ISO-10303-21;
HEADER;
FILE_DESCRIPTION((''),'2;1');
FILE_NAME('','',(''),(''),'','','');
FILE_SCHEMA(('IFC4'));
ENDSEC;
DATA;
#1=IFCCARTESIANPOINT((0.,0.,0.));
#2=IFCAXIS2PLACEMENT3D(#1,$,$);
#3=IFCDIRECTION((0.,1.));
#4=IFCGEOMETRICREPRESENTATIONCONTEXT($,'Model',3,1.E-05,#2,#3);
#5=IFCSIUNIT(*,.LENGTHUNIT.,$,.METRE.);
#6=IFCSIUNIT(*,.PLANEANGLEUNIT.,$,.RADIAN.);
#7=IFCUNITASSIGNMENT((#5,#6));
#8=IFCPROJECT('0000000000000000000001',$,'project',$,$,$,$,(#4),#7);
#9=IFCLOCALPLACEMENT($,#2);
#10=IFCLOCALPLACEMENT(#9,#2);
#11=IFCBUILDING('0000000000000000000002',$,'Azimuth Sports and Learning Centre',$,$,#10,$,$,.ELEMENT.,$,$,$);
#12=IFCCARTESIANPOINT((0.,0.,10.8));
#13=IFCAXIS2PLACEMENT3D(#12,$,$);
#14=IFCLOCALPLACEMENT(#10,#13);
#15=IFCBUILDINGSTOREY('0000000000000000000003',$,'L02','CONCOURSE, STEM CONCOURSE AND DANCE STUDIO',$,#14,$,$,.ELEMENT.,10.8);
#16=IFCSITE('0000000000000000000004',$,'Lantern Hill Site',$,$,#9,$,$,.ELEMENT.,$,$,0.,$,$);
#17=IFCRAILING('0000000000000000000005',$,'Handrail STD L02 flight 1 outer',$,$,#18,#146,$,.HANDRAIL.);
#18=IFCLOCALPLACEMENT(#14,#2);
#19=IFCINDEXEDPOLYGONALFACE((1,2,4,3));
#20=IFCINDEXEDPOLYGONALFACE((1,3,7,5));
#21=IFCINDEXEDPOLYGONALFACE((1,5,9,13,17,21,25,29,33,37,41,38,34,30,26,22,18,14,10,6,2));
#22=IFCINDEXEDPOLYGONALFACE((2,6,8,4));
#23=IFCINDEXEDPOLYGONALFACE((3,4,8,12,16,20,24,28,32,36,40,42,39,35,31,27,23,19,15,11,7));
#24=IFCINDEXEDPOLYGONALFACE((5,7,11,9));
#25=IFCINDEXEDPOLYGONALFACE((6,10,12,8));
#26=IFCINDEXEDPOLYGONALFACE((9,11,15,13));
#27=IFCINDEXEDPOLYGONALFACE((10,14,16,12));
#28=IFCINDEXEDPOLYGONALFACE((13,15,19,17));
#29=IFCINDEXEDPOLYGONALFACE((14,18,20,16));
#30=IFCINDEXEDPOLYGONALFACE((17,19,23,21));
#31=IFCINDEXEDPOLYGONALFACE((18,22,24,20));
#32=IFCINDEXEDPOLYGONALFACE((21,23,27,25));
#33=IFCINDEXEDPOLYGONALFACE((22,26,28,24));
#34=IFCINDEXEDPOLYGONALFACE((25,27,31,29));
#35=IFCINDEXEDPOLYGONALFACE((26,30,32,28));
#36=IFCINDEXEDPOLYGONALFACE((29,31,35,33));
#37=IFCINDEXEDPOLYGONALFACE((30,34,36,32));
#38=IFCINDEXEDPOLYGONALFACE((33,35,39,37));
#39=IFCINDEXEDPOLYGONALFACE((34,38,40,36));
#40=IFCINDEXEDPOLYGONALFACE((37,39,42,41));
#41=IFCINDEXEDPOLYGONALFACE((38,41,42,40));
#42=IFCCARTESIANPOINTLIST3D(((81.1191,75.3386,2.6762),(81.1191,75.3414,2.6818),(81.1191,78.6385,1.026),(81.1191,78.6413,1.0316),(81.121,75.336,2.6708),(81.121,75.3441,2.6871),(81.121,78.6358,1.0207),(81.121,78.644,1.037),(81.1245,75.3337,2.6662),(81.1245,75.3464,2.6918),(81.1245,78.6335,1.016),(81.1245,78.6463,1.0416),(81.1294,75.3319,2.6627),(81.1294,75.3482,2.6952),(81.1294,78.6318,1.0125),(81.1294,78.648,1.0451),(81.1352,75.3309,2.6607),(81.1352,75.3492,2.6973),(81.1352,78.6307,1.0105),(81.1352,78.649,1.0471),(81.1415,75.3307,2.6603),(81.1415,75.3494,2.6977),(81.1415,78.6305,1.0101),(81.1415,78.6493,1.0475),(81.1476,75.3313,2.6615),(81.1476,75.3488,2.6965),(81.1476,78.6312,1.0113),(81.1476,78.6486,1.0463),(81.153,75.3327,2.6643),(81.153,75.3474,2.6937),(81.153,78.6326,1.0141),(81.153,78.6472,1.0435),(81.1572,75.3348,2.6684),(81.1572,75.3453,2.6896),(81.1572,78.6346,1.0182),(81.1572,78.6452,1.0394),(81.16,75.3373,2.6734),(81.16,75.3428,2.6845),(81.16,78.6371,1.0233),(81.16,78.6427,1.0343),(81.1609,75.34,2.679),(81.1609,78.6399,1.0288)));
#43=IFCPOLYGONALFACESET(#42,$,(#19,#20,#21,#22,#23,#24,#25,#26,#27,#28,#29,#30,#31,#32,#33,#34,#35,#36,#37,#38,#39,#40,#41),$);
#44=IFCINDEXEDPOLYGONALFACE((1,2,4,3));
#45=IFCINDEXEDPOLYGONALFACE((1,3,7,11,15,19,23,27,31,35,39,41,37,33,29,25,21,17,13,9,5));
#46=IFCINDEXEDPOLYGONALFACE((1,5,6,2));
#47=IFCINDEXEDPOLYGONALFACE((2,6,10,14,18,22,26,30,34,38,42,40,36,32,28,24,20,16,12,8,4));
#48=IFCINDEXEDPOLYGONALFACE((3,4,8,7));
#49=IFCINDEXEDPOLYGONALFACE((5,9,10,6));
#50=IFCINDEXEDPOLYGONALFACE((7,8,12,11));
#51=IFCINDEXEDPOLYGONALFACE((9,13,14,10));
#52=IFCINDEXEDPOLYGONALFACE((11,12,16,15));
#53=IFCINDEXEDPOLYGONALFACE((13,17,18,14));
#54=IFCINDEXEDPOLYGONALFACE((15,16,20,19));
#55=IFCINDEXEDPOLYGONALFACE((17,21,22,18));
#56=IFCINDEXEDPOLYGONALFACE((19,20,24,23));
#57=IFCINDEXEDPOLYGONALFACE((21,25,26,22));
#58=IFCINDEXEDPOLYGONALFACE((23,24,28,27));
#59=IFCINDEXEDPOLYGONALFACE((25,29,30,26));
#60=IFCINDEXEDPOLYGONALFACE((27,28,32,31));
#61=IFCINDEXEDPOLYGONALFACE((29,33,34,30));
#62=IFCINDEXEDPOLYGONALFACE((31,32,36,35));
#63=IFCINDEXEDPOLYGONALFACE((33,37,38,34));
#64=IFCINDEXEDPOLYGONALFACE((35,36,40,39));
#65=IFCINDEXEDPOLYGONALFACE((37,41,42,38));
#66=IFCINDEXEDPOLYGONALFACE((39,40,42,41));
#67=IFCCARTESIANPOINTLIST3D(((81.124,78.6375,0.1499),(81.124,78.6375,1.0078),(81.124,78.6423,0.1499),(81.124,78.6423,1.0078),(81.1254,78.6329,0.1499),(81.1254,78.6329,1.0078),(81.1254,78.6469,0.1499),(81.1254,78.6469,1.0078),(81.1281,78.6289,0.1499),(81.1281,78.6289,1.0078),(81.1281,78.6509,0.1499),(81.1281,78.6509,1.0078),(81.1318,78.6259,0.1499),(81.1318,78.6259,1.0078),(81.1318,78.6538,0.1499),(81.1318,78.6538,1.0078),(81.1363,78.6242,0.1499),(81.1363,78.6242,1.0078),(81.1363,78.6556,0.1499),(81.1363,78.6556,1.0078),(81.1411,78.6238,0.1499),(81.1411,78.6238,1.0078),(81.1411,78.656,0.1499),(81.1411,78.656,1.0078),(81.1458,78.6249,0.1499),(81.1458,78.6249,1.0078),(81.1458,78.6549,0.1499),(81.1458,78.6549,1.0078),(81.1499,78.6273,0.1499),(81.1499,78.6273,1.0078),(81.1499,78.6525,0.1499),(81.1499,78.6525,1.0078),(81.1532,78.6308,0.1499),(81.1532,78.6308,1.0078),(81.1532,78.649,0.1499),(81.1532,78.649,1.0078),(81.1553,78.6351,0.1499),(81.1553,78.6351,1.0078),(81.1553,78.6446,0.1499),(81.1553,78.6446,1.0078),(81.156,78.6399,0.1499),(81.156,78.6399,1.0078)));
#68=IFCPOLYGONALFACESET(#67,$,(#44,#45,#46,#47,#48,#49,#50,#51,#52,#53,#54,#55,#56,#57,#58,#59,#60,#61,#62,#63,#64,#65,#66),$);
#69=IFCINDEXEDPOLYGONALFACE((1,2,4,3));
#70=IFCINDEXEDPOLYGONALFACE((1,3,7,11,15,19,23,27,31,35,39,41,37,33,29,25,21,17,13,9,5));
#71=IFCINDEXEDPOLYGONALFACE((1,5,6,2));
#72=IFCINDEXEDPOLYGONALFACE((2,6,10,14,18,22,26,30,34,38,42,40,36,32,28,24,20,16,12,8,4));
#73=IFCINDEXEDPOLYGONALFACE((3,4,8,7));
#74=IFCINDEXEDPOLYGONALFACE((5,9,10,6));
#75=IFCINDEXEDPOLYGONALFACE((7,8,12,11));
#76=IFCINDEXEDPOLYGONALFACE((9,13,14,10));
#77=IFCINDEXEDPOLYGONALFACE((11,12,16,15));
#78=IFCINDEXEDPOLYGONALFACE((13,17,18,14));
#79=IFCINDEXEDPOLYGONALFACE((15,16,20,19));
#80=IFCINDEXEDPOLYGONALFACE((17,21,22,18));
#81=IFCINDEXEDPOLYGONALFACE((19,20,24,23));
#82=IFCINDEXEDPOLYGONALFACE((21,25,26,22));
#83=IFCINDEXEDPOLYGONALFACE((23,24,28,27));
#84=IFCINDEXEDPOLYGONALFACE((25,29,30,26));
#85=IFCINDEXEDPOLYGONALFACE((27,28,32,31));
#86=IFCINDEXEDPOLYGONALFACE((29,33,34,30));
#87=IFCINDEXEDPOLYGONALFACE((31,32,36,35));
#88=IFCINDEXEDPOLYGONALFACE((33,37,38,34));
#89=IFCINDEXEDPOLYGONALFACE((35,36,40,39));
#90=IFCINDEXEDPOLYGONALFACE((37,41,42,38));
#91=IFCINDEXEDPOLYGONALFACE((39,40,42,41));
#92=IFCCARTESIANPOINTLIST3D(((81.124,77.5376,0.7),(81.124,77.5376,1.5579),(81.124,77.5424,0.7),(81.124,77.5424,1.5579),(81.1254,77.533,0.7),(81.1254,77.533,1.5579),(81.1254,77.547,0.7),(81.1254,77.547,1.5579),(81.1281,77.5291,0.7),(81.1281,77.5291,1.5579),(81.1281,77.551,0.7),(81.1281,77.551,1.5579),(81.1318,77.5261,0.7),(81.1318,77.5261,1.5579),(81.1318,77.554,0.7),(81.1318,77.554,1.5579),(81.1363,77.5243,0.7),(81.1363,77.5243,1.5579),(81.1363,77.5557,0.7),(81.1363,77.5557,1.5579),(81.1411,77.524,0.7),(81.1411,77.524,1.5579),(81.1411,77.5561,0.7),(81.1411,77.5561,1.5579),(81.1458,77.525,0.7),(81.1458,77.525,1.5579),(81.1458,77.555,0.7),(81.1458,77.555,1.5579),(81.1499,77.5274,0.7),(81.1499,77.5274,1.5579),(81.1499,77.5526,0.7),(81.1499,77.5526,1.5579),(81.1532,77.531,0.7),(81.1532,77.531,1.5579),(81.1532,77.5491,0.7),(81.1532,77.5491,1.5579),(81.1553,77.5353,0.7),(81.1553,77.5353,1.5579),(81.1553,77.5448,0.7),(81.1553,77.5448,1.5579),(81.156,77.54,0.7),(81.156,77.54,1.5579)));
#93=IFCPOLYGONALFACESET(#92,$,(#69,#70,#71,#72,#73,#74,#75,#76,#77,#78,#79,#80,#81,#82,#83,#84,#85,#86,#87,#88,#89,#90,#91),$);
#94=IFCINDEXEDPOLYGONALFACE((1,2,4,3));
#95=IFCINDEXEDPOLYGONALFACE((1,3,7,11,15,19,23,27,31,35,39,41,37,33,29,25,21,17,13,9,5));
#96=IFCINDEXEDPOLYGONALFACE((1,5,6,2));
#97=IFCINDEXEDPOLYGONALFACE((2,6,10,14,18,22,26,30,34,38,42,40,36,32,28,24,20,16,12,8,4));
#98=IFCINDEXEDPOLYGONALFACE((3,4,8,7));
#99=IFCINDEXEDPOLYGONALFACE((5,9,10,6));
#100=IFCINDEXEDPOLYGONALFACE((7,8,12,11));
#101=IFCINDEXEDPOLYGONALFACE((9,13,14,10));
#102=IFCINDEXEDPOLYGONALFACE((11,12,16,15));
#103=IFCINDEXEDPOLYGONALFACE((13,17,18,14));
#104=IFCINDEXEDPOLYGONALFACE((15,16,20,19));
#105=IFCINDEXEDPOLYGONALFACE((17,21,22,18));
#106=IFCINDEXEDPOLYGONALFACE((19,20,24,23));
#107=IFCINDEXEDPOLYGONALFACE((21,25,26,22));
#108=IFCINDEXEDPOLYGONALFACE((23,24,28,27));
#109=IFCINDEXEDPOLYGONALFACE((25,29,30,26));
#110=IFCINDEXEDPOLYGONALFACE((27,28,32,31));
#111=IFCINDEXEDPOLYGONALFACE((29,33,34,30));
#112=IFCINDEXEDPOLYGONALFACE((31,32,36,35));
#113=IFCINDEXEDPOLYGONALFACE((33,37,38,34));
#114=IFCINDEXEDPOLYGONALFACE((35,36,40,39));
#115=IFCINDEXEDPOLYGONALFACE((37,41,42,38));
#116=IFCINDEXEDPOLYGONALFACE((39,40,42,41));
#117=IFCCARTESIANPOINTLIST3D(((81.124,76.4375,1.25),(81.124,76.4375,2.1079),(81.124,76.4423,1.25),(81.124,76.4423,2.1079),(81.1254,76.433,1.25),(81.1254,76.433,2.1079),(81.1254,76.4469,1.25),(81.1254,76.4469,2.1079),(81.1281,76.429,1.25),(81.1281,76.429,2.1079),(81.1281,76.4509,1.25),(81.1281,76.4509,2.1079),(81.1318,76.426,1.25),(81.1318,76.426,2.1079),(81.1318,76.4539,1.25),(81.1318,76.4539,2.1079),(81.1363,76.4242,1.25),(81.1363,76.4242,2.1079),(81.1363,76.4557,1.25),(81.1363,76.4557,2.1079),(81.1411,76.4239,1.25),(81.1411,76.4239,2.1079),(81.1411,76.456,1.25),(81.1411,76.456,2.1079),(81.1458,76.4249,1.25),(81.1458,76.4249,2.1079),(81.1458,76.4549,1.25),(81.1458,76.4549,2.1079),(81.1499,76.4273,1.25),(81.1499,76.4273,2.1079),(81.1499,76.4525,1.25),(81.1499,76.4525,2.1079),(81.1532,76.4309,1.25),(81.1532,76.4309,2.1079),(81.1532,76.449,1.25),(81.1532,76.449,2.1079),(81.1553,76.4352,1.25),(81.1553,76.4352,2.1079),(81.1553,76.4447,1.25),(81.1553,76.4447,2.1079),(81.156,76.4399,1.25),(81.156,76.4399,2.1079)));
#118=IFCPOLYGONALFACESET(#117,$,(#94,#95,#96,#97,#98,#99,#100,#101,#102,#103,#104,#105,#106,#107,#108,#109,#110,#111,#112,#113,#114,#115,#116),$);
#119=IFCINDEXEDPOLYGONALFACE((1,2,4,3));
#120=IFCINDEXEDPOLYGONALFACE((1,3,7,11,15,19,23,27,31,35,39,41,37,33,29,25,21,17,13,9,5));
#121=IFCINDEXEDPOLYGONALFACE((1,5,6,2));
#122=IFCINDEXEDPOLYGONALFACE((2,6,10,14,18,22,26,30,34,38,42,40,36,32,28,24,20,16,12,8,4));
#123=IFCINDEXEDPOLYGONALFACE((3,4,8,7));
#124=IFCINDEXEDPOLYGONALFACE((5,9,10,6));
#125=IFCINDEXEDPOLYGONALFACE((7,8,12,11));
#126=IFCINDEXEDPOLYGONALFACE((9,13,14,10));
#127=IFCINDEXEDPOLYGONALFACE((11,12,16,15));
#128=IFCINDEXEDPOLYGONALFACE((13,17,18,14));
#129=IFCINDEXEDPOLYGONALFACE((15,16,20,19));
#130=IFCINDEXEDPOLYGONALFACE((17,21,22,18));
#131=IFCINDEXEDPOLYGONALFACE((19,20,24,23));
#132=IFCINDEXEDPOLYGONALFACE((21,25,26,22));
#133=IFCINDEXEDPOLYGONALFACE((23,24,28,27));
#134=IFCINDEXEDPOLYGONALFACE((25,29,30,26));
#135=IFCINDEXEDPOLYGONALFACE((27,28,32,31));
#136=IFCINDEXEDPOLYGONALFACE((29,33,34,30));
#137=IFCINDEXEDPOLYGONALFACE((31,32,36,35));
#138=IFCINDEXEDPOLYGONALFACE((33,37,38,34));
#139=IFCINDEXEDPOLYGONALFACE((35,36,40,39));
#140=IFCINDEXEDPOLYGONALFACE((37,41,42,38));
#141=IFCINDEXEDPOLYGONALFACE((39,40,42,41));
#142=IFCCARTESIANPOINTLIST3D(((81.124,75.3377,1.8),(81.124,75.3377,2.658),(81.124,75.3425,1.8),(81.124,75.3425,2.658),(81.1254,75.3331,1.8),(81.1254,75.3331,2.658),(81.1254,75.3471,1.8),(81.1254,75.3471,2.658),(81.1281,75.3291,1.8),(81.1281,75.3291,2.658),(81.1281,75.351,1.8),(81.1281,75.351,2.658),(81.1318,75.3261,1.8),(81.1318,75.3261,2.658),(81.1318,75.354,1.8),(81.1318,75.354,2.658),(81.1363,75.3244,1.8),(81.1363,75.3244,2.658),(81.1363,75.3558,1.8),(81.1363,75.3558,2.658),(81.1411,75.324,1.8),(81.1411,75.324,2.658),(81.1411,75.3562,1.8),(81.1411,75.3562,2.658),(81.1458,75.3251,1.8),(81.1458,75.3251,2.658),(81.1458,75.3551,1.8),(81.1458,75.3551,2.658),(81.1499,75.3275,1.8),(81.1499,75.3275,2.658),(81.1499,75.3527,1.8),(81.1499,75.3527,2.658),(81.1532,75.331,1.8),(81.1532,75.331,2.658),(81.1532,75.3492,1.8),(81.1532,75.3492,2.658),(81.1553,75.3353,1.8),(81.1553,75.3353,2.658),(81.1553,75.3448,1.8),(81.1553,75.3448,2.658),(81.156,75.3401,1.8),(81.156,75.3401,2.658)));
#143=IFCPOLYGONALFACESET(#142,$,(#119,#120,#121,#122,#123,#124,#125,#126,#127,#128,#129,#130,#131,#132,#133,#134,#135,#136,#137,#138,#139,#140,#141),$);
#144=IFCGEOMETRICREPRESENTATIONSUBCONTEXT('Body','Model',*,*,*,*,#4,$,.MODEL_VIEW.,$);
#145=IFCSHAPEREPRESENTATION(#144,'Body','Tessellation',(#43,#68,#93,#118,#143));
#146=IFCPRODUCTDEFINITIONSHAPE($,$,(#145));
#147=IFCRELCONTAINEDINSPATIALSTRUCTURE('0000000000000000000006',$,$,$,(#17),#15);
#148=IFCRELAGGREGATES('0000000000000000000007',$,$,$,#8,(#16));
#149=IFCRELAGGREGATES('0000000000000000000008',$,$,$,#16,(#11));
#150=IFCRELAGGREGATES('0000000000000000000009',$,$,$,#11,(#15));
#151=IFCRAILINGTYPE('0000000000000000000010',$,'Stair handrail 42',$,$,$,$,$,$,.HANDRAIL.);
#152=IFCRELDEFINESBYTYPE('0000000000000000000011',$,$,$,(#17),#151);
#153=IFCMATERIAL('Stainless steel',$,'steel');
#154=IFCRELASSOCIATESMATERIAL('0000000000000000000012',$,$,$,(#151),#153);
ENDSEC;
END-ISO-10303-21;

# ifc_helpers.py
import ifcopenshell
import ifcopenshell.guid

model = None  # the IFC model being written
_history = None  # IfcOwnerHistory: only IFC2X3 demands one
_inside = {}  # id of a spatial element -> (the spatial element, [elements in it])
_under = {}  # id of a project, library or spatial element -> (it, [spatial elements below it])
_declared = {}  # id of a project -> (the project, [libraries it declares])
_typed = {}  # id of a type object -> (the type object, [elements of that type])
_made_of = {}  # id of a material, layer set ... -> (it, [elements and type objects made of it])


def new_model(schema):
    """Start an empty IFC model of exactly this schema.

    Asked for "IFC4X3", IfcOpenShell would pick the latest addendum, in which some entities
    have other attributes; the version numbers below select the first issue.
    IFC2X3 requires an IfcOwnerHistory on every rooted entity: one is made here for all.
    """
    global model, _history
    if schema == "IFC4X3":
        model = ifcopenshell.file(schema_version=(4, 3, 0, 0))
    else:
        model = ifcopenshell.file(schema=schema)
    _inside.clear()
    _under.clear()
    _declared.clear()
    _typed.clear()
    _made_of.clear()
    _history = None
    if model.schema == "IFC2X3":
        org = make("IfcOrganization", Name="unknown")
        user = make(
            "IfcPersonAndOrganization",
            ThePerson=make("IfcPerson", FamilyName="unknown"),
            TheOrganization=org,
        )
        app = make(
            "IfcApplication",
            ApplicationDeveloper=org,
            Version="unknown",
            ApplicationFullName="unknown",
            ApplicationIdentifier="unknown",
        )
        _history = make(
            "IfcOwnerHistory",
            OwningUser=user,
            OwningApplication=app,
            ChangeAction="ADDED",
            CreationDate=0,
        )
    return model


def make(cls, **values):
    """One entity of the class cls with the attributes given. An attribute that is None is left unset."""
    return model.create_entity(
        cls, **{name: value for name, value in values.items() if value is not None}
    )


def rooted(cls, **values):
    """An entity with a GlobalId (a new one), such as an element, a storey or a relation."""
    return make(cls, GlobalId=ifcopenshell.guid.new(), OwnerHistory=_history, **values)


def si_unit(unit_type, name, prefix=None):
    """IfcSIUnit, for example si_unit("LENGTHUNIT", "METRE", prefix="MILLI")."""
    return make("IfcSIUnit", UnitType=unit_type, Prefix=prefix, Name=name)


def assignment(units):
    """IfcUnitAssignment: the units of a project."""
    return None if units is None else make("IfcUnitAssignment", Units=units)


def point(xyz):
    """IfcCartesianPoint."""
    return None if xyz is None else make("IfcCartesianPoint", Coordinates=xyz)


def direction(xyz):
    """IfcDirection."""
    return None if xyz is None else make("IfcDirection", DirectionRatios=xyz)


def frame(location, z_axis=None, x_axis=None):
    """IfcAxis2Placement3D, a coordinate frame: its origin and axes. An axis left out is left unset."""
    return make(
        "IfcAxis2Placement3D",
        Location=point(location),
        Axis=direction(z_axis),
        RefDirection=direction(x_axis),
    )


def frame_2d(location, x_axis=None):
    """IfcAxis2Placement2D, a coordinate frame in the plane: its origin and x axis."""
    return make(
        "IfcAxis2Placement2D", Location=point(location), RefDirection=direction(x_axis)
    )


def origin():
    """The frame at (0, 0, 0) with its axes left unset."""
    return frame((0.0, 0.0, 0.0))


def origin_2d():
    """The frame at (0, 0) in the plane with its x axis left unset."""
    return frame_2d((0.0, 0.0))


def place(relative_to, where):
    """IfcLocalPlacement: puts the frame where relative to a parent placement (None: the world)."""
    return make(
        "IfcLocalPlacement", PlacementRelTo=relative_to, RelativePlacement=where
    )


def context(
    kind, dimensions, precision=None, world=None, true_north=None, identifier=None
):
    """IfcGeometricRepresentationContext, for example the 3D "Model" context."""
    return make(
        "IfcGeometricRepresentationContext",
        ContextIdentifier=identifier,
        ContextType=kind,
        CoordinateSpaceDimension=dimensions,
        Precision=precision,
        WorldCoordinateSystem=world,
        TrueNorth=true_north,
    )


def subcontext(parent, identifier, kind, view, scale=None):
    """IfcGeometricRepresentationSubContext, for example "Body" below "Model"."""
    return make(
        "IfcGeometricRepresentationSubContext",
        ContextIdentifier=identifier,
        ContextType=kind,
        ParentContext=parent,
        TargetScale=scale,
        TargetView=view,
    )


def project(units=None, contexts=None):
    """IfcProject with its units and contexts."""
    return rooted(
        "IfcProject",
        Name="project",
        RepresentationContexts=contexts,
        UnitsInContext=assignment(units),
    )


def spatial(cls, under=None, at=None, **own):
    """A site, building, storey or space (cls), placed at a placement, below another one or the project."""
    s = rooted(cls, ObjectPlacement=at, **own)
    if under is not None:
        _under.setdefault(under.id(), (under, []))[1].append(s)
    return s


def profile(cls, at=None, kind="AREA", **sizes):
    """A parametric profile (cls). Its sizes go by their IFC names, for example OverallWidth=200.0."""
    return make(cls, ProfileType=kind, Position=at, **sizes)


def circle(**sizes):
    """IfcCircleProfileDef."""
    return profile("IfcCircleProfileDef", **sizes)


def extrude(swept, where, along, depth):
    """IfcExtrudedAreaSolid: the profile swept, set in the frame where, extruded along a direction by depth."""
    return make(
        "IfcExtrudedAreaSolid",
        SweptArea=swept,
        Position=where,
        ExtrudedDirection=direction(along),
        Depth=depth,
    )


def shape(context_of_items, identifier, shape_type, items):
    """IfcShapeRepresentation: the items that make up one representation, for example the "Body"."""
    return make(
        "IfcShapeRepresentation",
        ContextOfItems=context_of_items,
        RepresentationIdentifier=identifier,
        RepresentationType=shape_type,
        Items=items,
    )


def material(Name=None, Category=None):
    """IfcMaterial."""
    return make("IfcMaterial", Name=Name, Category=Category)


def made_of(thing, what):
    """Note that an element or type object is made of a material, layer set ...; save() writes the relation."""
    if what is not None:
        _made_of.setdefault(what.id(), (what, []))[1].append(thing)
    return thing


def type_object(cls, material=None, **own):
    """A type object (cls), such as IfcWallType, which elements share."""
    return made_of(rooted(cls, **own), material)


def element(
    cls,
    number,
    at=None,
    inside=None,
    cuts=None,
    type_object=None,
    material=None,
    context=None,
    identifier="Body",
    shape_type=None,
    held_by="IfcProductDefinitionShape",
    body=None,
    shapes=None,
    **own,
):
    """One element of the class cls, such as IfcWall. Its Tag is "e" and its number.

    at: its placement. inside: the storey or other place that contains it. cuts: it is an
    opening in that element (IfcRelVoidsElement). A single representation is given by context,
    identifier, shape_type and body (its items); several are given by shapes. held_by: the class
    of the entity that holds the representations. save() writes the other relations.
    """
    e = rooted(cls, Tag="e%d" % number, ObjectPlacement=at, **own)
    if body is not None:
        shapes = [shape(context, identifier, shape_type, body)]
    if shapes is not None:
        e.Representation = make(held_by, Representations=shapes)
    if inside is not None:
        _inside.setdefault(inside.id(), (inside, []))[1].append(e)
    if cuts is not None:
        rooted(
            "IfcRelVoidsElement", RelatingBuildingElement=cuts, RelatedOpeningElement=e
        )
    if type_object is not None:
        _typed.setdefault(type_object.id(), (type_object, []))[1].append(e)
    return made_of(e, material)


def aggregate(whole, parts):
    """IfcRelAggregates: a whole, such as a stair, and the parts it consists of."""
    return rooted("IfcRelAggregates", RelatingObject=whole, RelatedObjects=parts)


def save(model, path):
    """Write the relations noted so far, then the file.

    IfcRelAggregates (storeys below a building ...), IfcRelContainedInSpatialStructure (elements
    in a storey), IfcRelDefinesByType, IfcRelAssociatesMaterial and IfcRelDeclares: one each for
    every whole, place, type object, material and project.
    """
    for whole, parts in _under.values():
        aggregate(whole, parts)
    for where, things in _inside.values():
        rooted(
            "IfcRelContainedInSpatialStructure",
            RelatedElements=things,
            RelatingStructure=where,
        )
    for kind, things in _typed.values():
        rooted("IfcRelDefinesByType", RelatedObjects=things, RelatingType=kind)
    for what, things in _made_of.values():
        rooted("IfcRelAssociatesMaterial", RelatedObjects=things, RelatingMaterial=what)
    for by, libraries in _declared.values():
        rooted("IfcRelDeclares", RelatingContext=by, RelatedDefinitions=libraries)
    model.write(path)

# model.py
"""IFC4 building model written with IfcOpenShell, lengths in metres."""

from ifc_helpers import new_model, si_unit, direction, frame, origin, origin_2d, place, context, subcontext, project, spatial, circle, extrude, material, type_object, element, save


model = new_model("IFC4")

# Units and contexts
model_context = context("Model", 3, precision=1e-05, world=origin(), true_north=direction((0.0, 1.0)))
body_context = subcontext(model_context, "Body", "Model", "MODEL_VIEW")
ifc_project = project(units=[si_unit("LENGTHUNIT", "METRE"), si_unit("PLANEANGLEUNIT", "RADIAN")], contexts=[model_context])

# Site, building, storey
site_placement = place(None, origin())
site = spatial("IfcSite", under=ifc_project, at=site_placement, Name="Lantern Hill Site", CompositionType="ELEMENT", RefElevation=0.0)
building_placement = place(site_placement, origin())
building = spatial("IfcBuilding", under=site, at=building_placement, Name="Azimuth Sports and Learning Centre", CompositionType="ELEMENT")
storey_placement = place(building_placement, frame((0.0, 0.0, 10.8)))
storey = spatial("IfcBuildingStorey", under=building, at=storey_placement, Name="L02", Description="CONCOURSE, STEM CONCOURSE AND DANCE STUDIO", CompositionType="ELEMENT", Elevation=10.8)

# Railing
ifc_material_1 = material(Name="Stainless steel", Category="steel")
railing_type_1 = type_object("IfcRailingType", Name="Stair handrail 42", PredefinedType="HANDRAIL", material=ifc_material_1)
for number, where, name in (
    (1, (81.1399, 78.6399, 0.1499), "Handrail STD L02 flight 1 outer"),
):
    element("IfcRailing", number, at=place(storey_placement, frame(where)), inside=storey, type_object=railing_type_1, Name=name, PredefinedType="HANDRAIL", context=body_context, shape_type="SweptSolid", body=[
        extrude(circle(Radius=0.021, at=origin_2d()), frame((0.0, 0.0, 0.8789), z_axis=(0.0, -0.894401, 0.447267), x_axis=(1.0, 0.0, 0.0)), (0.0, 0.0, 1.0), 3.6895),
        extrude(circle(Radius=0.0161, at=origin_2d()), origin(), (0.0, 0.0, 1.0), 0.8579),
        extrude(circle(Radius=0.0161, at=origin_2d()), frame((0.0, -1.0999, 0.55)), (0.0, 0.0, 1.0), 0.8579),
        extrude(circle(Radius=0.0161, at=origin_2d()), frame((0.0, -2.2, 1.1001)), (0.0, 0.0, 1.0), 0.8579),
        extrude(circle(Radius=0.0161, at=origin_2d()), frame((0.0, -3.2998, 1.6501)), (0.0, 0.0, 1.0), 0.8579),
    ])

save(model, "model.ifc")
